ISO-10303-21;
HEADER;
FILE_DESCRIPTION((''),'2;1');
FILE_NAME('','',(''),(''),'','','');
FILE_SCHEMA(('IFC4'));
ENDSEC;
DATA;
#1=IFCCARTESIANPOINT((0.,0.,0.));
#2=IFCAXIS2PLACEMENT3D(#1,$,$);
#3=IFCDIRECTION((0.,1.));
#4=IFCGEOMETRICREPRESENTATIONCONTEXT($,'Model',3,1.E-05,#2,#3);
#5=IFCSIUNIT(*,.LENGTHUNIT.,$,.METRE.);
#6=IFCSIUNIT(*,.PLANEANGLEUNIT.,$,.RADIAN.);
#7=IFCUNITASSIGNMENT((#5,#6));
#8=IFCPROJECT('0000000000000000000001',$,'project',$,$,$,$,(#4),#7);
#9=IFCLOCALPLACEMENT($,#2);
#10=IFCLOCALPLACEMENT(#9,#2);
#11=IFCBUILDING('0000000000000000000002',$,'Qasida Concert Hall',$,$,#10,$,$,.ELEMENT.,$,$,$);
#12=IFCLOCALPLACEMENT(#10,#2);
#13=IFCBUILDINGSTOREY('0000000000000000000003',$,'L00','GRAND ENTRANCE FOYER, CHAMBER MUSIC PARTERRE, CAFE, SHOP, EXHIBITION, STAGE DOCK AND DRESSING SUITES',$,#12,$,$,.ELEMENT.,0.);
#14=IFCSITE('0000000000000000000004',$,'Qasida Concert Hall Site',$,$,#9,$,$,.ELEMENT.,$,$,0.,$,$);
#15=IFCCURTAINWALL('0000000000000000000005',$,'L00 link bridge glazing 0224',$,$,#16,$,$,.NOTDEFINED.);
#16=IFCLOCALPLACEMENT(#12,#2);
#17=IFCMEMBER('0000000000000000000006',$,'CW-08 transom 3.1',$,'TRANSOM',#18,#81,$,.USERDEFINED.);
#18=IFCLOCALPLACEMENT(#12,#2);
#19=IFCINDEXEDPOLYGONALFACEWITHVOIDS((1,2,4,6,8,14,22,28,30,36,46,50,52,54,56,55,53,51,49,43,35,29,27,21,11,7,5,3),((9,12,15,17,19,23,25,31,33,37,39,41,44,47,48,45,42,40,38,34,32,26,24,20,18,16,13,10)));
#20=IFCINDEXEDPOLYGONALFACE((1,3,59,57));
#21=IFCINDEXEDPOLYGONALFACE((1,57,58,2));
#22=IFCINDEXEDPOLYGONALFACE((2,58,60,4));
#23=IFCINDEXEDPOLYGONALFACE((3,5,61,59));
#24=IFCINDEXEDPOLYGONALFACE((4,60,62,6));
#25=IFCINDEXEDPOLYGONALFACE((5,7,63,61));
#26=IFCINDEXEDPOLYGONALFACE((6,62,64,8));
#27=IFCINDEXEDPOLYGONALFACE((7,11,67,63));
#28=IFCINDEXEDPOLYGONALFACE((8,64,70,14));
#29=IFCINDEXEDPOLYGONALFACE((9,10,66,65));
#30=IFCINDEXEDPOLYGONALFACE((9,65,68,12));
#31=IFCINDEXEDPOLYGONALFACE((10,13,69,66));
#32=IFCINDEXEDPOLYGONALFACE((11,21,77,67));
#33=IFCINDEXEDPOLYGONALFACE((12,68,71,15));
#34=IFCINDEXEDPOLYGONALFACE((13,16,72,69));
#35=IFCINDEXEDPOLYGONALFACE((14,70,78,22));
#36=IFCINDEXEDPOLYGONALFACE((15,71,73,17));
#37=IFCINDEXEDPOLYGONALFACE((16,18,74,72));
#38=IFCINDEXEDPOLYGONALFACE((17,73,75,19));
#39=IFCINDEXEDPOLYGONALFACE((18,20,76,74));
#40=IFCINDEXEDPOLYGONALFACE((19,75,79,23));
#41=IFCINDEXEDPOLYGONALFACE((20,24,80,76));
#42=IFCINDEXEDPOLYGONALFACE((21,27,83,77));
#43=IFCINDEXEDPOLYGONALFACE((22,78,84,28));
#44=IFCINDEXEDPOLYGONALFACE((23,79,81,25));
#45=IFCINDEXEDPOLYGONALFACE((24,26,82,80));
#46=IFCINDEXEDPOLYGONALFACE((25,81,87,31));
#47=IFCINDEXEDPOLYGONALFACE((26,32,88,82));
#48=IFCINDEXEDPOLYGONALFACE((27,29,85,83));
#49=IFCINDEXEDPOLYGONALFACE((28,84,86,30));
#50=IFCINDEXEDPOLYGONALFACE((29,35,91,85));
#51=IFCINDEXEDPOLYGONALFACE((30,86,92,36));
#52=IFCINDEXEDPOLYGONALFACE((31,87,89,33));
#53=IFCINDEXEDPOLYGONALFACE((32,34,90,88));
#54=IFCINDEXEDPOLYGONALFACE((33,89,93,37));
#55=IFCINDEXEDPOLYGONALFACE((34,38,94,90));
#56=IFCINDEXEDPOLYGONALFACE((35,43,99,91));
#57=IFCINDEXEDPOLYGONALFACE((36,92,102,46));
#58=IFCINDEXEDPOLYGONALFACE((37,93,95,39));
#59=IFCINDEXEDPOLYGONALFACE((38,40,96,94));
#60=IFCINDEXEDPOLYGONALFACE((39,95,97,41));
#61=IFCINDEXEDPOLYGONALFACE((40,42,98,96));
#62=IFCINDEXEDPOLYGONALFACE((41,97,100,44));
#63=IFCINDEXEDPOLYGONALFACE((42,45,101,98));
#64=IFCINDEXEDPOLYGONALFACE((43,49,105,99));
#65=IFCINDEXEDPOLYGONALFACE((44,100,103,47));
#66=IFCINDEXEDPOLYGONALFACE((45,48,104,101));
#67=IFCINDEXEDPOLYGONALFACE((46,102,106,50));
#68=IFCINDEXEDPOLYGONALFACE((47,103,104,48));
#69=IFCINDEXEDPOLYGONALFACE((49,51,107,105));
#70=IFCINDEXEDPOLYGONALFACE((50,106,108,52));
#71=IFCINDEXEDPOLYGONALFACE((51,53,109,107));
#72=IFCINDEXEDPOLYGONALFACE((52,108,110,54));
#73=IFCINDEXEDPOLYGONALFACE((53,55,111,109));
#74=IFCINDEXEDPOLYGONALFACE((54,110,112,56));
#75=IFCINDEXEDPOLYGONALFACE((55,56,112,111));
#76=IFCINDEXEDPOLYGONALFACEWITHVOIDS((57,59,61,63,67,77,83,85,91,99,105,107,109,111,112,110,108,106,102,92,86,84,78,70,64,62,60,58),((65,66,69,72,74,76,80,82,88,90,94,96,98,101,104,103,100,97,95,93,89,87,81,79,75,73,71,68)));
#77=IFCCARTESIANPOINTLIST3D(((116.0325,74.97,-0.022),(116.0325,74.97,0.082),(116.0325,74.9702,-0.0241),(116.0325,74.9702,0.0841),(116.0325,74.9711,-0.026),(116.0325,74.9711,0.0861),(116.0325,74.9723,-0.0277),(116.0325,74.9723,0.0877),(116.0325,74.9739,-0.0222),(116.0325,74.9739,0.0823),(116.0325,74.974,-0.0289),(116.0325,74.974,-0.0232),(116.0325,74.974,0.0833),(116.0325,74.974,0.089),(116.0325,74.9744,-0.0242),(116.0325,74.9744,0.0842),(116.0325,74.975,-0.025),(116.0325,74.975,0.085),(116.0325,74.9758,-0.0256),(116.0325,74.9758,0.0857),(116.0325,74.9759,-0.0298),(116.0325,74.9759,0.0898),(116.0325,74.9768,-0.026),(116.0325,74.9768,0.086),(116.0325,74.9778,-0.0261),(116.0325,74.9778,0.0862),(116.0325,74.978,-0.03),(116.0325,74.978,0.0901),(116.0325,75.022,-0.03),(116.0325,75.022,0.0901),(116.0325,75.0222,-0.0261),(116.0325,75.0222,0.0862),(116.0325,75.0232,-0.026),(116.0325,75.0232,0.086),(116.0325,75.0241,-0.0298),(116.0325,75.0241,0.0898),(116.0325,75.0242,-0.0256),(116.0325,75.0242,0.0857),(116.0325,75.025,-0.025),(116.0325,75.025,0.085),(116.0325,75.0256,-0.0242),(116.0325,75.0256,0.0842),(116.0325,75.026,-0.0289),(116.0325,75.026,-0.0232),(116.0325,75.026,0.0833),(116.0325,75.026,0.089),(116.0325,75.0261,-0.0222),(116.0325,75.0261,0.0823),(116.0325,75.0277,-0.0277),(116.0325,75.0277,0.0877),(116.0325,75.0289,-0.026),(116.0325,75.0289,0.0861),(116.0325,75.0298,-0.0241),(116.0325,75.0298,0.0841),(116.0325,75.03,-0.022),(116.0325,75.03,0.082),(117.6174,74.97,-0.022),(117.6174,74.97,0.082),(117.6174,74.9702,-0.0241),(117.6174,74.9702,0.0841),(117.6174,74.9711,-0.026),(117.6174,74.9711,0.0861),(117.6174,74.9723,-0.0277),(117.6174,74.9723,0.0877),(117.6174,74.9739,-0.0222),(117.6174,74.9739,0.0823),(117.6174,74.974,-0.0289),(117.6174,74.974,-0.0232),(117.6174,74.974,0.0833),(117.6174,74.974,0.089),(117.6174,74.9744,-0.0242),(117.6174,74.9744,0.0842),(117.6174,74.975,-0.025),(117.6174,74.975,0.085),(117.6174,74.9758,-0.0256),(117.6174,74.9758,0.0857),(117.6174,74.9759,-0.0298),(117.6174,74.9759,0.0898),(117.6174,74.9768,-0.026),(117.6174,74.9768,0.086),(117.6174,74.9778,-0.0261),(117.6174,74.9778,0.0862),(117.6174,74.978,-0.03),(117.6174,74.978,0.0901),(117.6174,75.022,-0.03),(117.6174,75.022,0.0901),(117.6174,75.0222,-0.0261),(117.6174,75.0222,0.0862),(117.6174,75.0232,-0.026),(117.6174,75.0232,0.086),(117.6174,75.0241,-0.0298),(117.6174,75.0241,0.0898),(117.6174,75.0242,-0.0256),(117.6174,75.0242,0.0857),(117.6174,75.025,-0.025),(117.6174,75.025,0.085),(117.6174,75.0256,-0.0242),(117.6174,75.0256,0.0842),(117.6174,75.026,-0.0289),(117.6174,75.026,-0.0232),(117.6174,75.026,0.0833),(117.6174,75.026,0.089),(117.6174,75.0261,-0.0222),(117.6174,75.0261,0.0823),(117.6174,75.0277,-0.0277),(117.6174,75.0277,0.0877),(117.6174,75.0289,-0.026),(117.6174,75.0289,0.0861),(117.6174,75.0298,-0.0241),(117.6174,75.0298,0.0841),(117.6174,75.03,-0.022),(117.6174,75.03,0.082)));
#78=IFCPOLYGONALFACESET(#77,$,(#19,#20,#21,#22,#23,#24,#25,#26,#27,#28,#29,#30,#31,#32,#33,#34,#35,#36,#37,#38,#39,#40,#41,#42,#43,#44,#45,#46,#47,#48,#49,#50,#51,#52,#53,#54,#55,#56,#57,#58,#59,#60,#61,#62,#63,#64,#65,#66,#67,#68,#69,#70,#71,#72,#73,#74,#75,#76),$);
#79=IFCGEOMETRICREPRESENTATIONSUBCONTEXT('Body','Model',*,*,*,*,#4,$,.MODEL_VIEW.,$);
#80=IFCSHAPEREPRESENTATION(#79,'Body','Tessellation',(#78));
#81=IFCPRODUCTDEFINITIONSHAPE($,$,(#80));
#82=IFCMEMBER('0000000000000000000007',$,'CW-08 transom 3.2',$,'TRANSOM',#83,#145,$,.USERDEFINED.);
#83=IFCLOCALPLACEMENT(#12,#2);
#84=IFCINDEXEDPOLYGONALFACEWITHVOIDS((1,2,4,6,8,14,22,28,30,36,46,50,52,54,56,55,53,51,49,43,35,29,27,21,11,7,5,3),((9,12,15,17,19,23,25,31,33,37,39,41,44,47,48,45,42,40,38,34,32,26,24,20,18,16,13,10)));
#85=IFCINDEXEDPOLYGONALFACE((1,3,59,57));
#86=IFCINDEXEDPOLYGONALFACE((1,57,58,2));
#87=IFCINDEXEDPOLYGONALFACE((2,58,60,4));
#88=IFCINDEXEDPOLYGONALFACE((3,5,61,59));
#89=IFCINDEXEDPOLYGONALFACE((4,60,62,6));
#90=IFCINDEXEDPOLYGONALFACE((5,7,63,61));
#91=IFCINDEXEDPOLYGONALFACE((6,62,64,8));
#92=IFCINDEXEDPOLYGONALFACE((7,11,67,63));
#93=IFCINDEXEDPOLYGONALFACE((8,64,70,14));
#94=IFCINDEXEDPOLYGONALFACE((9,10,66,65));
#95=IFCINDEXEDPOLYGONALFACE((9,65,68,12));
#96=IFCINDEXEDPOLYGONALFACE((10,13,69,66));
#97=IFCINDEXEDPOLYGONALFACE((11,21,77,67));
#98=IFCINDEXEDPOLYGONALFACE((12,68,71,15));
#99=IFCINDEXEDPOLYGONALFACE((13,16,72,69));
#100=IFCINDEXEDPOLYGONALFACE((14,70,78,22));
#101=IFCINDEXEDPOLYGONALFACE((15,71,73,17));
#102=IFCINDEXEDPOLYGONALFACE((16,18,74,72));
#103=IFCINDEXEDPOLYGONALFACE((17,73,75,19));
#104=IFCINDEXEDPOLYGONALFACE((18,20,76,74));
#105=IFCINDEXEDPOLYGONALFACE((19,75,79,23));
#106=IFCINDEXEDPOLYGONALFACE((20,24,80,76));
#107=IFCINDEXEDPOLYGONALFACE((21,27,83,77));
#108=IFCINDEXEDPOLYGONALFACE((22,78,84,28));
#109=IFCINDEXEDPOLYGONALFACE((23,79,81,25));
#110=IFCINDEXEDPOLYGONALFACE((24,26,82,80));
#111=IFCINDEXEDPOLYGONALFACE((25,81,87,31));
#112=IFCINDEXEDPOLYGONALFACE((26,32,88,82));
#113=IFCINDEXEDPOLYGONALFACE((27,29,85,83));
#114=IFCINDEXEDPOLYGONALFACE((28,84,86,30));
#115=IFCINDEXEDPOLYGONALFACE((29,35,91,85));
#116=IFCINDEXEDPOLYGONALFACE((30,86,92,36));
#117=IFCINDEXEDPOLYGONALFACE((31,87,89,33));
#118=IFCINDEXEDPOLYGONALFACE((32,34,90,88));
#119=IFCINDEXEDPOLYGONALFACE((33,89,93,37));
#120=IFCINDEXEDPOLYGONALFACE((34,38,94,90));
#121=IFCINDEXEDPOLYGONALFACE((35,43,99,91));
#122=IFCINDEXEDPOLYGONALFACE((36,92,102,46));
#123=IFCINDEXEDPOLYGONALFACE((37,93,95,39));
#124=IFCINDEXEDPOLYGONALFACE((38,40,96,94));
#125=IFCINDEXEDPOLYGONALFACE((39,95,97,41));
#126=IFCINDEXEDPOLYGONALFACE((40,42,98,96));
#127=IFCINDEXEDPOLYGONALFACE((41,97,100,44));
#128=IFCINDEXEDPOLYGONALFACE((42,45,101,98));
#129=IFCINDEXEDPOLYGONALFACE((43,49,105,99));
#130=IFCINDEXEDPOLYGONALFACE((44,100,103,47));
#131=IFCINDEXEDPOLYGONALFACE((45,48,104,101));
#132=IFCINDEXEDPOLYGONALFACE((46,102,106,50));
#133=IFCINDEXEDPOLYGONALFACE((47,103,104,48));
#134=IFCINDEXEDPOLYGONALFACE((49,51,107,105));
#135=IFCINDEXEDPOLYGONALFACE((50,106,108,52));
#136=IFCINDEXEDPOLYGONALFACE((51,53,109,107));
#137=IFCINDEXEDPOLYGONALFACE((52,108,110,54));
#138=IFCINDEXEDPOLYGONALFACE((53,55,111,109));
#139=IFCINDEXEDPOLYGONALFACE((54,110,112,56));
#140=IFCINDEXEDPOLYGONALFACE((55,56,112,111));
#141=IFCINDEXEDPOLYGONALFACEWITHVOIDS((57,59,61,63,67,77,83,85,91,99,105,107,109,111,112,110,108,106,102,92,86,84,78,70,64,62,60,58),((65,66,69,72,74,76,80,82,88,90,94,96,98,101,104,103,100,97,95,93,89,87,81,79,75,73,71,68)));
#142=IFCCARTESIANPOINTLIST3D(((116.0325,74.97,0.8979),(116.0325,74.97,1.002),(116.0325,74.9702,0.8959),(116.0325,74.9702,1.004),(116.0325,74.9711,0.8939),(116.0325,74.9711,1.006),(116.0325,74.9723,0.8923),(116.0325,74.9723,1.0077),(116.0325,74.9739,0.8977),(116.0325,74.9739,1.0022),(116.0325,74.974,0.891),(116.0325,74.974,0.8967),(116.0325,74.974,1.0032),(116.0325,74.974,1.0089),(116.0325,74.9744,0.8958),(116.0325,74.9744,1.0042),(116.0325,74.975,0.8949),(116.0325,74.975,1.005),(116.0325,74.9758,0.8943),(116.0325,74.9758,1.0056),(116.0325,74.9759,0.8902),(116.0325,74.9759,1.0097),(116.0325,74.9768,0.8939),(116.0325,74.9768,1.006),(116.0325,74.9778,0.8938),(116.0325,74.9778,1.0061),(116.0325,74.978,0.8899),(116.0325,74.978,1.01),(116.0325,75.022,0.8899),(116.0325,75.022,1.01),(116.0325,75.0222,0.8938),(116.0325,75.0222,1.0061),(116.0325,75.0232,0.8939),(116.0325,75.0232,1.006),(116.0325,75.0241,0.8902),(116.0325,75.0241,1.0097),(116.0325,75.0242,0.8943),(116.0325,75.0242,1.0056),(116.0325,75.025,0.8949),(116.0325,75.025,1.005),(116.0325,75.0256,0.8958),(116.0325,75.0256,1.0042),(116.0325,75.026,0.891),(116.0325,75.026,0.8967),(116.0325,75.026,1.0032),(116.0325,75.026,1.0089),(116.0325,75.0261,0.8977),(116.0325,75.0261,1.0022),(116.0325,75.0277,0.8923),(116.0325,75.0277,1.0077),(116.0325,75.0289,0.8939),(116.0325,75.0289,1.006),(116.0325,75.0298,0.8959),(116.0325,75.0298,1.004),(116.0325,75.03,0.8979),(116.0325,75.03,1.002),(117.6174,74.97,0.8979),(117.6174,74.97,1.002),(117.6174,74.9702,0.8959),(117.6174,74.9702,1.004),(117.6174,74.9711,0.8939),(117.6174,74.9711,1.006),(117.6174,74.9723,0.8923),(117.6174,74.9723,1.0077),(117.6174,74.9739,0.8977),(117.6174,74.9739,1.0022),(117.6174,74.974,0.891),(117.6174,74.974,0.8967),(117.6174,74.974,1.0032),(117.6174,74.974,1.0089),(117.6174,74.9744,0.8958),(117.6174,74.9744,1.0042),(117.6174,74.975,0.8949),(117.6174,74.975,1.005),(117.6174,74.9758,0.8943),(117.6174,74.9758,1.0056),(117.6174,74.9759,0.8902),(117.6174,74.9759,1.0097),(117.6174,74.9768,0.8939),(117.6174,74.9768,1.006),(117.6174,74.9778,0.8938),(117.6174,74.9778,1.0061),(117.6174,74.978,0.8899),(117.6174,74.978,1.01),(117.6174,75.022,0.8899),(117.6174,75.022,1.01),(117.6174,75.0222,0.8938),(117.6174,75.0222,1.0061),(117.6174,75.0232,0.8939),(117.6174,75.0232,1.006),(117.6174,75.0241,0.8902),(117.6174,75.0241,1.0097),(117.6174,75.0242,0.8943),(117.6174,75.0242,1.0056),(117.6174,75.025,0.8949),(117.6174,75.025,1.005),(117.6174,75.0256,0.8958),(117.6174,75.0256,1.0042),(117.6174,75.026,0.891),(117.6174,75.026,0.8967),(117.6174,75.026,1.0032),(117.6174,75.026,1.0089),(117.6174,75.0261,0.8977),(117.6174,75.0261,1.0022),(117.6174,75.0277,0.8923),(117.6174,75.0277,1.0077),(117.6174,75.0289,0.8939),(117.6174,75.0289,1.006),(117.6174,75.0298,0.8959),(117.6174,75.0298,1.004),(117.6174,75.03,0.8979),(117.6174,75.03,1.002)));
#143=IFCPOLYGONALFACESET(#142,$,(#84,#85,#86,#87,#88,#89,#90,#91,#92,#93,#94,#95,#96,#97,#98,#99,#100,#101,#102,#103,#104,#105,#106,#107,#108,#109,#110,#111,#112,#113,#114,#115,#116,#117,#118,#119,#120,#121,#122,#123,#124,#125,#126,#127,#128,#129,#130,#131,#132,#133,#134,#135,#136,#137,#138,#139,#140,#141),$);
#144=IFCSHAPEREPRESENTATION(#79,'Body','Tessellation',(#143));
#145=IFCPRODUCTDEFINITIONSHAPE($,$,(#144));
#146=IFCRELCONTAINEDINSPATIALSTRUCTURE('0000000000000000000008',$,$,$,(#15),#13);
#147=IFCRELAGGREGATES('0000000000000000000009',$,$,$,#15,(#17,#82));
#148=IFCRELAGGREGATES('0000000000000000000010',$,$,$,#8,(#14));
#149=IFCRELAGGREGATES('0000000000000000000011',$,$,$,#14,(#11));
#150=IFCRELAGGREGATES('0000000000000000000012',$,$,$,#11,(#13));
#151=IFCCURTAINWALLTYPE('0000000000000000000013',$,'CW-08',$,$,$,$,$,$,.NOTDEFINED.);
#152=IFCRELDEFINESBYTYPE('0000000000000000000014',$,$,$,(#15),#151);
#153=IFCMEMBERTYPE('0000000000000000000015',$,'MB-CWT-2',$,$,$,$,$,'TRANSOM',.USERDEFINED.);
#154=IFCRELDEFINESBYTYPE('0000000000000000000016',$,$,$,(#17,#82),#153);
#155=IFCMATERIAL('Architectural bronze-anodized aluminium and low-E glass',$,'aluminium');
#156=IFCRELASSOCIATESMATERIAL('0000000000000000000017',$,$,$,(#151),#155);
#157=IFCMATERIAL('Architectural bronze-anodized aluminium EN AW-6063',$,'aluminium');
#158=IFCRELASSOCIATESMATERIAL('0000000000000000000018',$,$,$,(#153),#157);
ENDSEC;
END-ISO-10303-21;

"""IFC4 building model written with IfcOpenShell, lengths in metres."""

from ifc_helpers import new_model, si_unit, direction, frame, origin, origin_2d, place, context, subcontext, project, spatial, hollow_rectangle, extrude, material, material_profile, profile_set, type_object, element, aggregate, save


model = new_model("IFC4")

# Units and contexts
model_context = context("Model", 3, precision=1e-05, world=origin(), true_north=direction((0.0, 1.0)))
body_context = subcontext(model_context, "Body", "Model", "MODEL_VIEW")
ifc_project = project(units=[si_unit("LENGTHUNIT", "METRE"), si_unit("PLANEANGLEUNIT", "RADIAN")], contexts=[model_context])

# Site, building, storey
site_placement = place(None, origin())
site = spatial("IfcSite", under=ifc_project, at=site_placement, Name="Qasida Concert Hall Site", CompositionType="ELEMENT", RefElevation=0.0)
building_placement = place(site_placement, origin())
building = spatial("IfcBuilding", under=site, at=building_placement, Name="Qasida Concert Hall", CompositionType="ELEMENT")
storey_placement = place(building_placement, origin())
storey = spatial("IfcBuildingStorey", under=building, at=storey_placement, Name="L00", Description="GRAND ENTRANCE FOYER, CHAMBER MUSIC PARTERRE, CAFE, SHOP, EXHIBITION, STAGE DOCK AND DRESSING SUITES", CompositionType="ELEMENT", Elevation=0.0)

# Curtain wall, members
ifc_material_1 = material(Name="Architectural bronze-anodized aluminium and low-E glass", Category="aluminium")
curtain_wall_type = type_object("IfcCurtainWallType", Name="CW-08", PredefinedType="NOTDEFINED", material=ifc_material_1)
curtain_wall_1_placement = place(storey_placement, origin())
curtain_wall_1 = element("IfcCurtainWall", 1, at=curtain_wall_1_placement, inside=storey, type_object=curtain_wall_type, Name="L00 link bridge glazing 0224", PredefinedType="NOTDEFINED")
ifc_material_2 = material(Name="Architectural bronze-anodized aluminium EN AW-6063", Category="aluminium")
ifc_material_profile_1 = material_profile(ifc_material_2, hollow_rectangle(XDim=0.0601, YDim=0.1201, WallThickness=0.0039, InnerFilletRadius=0.0039, OuterFilletRadius=0.0081, at=origin_2d()), Name="CWT 120x60x4")
ifc_profile_set_1 = profile_set([ifc_material_profile_1], Name="Architectural bronze-anodized aluminium EN AW-6063")
member_type_1 = type_object("IfcMemberType", Name="MB-CWT-2", ElementType="TRANSOM", PredefinedType="USERDEFINED", material=ifc_profile_set_1)
member_1_placement = place(storey_placement, frame((116.0325, 75.0, 0.03), z_axis=(1.0, 0.0, 0.0), x_axis=(0.0, 1.0, 0.0)))
member_1 = element("IfcMember", 2, at=member_1_placement, type_object=member_type_1, Name="CW-08 transom 3.1", ObjectType="TRANSOM", PredefinedType="USERDEFINED", context=body_context, shape_type="SweptSolid", body=[
    extrude(hollow_rectangle(XDim=0.0601, YDim=0.1201, WallThickness=0.0039, InnerFilletRadius=0.0039, OuterFilletRadius=0.0081, at=origin_2d()), origin(), (0.0, 0.0, 1.0), 1.585),
])
member_2_placement = place(storey_placement, frame((116.0325, 75.0, 0.95), z_axis=(1.0, 0.0, 0.0), x_axis=(0.0, 1.0, 0.0)))
member_2 = element("IfcMember", 3, at=member_2_placement, type_object=member_type_1, Name="CW-08 transom 3.2", ObjectType="TRANSOM", PredefinedType="USERDEFINED", context=body_context, shape_type="SweptSolid", body=[
    extrude(hollow_rectangle(XDim=0.0601, YDim=0.1201, WallThickness=0.0039, InnerFilletRadius=0.0039, OuterFilletRadius=0.0081, at=origin_2d()), origin(), (0.0, 0.0, 1.0), 1.585),
])

aggregate(curtain_wall_1, [member_1, member_2])

save(model, "model.ifc")
